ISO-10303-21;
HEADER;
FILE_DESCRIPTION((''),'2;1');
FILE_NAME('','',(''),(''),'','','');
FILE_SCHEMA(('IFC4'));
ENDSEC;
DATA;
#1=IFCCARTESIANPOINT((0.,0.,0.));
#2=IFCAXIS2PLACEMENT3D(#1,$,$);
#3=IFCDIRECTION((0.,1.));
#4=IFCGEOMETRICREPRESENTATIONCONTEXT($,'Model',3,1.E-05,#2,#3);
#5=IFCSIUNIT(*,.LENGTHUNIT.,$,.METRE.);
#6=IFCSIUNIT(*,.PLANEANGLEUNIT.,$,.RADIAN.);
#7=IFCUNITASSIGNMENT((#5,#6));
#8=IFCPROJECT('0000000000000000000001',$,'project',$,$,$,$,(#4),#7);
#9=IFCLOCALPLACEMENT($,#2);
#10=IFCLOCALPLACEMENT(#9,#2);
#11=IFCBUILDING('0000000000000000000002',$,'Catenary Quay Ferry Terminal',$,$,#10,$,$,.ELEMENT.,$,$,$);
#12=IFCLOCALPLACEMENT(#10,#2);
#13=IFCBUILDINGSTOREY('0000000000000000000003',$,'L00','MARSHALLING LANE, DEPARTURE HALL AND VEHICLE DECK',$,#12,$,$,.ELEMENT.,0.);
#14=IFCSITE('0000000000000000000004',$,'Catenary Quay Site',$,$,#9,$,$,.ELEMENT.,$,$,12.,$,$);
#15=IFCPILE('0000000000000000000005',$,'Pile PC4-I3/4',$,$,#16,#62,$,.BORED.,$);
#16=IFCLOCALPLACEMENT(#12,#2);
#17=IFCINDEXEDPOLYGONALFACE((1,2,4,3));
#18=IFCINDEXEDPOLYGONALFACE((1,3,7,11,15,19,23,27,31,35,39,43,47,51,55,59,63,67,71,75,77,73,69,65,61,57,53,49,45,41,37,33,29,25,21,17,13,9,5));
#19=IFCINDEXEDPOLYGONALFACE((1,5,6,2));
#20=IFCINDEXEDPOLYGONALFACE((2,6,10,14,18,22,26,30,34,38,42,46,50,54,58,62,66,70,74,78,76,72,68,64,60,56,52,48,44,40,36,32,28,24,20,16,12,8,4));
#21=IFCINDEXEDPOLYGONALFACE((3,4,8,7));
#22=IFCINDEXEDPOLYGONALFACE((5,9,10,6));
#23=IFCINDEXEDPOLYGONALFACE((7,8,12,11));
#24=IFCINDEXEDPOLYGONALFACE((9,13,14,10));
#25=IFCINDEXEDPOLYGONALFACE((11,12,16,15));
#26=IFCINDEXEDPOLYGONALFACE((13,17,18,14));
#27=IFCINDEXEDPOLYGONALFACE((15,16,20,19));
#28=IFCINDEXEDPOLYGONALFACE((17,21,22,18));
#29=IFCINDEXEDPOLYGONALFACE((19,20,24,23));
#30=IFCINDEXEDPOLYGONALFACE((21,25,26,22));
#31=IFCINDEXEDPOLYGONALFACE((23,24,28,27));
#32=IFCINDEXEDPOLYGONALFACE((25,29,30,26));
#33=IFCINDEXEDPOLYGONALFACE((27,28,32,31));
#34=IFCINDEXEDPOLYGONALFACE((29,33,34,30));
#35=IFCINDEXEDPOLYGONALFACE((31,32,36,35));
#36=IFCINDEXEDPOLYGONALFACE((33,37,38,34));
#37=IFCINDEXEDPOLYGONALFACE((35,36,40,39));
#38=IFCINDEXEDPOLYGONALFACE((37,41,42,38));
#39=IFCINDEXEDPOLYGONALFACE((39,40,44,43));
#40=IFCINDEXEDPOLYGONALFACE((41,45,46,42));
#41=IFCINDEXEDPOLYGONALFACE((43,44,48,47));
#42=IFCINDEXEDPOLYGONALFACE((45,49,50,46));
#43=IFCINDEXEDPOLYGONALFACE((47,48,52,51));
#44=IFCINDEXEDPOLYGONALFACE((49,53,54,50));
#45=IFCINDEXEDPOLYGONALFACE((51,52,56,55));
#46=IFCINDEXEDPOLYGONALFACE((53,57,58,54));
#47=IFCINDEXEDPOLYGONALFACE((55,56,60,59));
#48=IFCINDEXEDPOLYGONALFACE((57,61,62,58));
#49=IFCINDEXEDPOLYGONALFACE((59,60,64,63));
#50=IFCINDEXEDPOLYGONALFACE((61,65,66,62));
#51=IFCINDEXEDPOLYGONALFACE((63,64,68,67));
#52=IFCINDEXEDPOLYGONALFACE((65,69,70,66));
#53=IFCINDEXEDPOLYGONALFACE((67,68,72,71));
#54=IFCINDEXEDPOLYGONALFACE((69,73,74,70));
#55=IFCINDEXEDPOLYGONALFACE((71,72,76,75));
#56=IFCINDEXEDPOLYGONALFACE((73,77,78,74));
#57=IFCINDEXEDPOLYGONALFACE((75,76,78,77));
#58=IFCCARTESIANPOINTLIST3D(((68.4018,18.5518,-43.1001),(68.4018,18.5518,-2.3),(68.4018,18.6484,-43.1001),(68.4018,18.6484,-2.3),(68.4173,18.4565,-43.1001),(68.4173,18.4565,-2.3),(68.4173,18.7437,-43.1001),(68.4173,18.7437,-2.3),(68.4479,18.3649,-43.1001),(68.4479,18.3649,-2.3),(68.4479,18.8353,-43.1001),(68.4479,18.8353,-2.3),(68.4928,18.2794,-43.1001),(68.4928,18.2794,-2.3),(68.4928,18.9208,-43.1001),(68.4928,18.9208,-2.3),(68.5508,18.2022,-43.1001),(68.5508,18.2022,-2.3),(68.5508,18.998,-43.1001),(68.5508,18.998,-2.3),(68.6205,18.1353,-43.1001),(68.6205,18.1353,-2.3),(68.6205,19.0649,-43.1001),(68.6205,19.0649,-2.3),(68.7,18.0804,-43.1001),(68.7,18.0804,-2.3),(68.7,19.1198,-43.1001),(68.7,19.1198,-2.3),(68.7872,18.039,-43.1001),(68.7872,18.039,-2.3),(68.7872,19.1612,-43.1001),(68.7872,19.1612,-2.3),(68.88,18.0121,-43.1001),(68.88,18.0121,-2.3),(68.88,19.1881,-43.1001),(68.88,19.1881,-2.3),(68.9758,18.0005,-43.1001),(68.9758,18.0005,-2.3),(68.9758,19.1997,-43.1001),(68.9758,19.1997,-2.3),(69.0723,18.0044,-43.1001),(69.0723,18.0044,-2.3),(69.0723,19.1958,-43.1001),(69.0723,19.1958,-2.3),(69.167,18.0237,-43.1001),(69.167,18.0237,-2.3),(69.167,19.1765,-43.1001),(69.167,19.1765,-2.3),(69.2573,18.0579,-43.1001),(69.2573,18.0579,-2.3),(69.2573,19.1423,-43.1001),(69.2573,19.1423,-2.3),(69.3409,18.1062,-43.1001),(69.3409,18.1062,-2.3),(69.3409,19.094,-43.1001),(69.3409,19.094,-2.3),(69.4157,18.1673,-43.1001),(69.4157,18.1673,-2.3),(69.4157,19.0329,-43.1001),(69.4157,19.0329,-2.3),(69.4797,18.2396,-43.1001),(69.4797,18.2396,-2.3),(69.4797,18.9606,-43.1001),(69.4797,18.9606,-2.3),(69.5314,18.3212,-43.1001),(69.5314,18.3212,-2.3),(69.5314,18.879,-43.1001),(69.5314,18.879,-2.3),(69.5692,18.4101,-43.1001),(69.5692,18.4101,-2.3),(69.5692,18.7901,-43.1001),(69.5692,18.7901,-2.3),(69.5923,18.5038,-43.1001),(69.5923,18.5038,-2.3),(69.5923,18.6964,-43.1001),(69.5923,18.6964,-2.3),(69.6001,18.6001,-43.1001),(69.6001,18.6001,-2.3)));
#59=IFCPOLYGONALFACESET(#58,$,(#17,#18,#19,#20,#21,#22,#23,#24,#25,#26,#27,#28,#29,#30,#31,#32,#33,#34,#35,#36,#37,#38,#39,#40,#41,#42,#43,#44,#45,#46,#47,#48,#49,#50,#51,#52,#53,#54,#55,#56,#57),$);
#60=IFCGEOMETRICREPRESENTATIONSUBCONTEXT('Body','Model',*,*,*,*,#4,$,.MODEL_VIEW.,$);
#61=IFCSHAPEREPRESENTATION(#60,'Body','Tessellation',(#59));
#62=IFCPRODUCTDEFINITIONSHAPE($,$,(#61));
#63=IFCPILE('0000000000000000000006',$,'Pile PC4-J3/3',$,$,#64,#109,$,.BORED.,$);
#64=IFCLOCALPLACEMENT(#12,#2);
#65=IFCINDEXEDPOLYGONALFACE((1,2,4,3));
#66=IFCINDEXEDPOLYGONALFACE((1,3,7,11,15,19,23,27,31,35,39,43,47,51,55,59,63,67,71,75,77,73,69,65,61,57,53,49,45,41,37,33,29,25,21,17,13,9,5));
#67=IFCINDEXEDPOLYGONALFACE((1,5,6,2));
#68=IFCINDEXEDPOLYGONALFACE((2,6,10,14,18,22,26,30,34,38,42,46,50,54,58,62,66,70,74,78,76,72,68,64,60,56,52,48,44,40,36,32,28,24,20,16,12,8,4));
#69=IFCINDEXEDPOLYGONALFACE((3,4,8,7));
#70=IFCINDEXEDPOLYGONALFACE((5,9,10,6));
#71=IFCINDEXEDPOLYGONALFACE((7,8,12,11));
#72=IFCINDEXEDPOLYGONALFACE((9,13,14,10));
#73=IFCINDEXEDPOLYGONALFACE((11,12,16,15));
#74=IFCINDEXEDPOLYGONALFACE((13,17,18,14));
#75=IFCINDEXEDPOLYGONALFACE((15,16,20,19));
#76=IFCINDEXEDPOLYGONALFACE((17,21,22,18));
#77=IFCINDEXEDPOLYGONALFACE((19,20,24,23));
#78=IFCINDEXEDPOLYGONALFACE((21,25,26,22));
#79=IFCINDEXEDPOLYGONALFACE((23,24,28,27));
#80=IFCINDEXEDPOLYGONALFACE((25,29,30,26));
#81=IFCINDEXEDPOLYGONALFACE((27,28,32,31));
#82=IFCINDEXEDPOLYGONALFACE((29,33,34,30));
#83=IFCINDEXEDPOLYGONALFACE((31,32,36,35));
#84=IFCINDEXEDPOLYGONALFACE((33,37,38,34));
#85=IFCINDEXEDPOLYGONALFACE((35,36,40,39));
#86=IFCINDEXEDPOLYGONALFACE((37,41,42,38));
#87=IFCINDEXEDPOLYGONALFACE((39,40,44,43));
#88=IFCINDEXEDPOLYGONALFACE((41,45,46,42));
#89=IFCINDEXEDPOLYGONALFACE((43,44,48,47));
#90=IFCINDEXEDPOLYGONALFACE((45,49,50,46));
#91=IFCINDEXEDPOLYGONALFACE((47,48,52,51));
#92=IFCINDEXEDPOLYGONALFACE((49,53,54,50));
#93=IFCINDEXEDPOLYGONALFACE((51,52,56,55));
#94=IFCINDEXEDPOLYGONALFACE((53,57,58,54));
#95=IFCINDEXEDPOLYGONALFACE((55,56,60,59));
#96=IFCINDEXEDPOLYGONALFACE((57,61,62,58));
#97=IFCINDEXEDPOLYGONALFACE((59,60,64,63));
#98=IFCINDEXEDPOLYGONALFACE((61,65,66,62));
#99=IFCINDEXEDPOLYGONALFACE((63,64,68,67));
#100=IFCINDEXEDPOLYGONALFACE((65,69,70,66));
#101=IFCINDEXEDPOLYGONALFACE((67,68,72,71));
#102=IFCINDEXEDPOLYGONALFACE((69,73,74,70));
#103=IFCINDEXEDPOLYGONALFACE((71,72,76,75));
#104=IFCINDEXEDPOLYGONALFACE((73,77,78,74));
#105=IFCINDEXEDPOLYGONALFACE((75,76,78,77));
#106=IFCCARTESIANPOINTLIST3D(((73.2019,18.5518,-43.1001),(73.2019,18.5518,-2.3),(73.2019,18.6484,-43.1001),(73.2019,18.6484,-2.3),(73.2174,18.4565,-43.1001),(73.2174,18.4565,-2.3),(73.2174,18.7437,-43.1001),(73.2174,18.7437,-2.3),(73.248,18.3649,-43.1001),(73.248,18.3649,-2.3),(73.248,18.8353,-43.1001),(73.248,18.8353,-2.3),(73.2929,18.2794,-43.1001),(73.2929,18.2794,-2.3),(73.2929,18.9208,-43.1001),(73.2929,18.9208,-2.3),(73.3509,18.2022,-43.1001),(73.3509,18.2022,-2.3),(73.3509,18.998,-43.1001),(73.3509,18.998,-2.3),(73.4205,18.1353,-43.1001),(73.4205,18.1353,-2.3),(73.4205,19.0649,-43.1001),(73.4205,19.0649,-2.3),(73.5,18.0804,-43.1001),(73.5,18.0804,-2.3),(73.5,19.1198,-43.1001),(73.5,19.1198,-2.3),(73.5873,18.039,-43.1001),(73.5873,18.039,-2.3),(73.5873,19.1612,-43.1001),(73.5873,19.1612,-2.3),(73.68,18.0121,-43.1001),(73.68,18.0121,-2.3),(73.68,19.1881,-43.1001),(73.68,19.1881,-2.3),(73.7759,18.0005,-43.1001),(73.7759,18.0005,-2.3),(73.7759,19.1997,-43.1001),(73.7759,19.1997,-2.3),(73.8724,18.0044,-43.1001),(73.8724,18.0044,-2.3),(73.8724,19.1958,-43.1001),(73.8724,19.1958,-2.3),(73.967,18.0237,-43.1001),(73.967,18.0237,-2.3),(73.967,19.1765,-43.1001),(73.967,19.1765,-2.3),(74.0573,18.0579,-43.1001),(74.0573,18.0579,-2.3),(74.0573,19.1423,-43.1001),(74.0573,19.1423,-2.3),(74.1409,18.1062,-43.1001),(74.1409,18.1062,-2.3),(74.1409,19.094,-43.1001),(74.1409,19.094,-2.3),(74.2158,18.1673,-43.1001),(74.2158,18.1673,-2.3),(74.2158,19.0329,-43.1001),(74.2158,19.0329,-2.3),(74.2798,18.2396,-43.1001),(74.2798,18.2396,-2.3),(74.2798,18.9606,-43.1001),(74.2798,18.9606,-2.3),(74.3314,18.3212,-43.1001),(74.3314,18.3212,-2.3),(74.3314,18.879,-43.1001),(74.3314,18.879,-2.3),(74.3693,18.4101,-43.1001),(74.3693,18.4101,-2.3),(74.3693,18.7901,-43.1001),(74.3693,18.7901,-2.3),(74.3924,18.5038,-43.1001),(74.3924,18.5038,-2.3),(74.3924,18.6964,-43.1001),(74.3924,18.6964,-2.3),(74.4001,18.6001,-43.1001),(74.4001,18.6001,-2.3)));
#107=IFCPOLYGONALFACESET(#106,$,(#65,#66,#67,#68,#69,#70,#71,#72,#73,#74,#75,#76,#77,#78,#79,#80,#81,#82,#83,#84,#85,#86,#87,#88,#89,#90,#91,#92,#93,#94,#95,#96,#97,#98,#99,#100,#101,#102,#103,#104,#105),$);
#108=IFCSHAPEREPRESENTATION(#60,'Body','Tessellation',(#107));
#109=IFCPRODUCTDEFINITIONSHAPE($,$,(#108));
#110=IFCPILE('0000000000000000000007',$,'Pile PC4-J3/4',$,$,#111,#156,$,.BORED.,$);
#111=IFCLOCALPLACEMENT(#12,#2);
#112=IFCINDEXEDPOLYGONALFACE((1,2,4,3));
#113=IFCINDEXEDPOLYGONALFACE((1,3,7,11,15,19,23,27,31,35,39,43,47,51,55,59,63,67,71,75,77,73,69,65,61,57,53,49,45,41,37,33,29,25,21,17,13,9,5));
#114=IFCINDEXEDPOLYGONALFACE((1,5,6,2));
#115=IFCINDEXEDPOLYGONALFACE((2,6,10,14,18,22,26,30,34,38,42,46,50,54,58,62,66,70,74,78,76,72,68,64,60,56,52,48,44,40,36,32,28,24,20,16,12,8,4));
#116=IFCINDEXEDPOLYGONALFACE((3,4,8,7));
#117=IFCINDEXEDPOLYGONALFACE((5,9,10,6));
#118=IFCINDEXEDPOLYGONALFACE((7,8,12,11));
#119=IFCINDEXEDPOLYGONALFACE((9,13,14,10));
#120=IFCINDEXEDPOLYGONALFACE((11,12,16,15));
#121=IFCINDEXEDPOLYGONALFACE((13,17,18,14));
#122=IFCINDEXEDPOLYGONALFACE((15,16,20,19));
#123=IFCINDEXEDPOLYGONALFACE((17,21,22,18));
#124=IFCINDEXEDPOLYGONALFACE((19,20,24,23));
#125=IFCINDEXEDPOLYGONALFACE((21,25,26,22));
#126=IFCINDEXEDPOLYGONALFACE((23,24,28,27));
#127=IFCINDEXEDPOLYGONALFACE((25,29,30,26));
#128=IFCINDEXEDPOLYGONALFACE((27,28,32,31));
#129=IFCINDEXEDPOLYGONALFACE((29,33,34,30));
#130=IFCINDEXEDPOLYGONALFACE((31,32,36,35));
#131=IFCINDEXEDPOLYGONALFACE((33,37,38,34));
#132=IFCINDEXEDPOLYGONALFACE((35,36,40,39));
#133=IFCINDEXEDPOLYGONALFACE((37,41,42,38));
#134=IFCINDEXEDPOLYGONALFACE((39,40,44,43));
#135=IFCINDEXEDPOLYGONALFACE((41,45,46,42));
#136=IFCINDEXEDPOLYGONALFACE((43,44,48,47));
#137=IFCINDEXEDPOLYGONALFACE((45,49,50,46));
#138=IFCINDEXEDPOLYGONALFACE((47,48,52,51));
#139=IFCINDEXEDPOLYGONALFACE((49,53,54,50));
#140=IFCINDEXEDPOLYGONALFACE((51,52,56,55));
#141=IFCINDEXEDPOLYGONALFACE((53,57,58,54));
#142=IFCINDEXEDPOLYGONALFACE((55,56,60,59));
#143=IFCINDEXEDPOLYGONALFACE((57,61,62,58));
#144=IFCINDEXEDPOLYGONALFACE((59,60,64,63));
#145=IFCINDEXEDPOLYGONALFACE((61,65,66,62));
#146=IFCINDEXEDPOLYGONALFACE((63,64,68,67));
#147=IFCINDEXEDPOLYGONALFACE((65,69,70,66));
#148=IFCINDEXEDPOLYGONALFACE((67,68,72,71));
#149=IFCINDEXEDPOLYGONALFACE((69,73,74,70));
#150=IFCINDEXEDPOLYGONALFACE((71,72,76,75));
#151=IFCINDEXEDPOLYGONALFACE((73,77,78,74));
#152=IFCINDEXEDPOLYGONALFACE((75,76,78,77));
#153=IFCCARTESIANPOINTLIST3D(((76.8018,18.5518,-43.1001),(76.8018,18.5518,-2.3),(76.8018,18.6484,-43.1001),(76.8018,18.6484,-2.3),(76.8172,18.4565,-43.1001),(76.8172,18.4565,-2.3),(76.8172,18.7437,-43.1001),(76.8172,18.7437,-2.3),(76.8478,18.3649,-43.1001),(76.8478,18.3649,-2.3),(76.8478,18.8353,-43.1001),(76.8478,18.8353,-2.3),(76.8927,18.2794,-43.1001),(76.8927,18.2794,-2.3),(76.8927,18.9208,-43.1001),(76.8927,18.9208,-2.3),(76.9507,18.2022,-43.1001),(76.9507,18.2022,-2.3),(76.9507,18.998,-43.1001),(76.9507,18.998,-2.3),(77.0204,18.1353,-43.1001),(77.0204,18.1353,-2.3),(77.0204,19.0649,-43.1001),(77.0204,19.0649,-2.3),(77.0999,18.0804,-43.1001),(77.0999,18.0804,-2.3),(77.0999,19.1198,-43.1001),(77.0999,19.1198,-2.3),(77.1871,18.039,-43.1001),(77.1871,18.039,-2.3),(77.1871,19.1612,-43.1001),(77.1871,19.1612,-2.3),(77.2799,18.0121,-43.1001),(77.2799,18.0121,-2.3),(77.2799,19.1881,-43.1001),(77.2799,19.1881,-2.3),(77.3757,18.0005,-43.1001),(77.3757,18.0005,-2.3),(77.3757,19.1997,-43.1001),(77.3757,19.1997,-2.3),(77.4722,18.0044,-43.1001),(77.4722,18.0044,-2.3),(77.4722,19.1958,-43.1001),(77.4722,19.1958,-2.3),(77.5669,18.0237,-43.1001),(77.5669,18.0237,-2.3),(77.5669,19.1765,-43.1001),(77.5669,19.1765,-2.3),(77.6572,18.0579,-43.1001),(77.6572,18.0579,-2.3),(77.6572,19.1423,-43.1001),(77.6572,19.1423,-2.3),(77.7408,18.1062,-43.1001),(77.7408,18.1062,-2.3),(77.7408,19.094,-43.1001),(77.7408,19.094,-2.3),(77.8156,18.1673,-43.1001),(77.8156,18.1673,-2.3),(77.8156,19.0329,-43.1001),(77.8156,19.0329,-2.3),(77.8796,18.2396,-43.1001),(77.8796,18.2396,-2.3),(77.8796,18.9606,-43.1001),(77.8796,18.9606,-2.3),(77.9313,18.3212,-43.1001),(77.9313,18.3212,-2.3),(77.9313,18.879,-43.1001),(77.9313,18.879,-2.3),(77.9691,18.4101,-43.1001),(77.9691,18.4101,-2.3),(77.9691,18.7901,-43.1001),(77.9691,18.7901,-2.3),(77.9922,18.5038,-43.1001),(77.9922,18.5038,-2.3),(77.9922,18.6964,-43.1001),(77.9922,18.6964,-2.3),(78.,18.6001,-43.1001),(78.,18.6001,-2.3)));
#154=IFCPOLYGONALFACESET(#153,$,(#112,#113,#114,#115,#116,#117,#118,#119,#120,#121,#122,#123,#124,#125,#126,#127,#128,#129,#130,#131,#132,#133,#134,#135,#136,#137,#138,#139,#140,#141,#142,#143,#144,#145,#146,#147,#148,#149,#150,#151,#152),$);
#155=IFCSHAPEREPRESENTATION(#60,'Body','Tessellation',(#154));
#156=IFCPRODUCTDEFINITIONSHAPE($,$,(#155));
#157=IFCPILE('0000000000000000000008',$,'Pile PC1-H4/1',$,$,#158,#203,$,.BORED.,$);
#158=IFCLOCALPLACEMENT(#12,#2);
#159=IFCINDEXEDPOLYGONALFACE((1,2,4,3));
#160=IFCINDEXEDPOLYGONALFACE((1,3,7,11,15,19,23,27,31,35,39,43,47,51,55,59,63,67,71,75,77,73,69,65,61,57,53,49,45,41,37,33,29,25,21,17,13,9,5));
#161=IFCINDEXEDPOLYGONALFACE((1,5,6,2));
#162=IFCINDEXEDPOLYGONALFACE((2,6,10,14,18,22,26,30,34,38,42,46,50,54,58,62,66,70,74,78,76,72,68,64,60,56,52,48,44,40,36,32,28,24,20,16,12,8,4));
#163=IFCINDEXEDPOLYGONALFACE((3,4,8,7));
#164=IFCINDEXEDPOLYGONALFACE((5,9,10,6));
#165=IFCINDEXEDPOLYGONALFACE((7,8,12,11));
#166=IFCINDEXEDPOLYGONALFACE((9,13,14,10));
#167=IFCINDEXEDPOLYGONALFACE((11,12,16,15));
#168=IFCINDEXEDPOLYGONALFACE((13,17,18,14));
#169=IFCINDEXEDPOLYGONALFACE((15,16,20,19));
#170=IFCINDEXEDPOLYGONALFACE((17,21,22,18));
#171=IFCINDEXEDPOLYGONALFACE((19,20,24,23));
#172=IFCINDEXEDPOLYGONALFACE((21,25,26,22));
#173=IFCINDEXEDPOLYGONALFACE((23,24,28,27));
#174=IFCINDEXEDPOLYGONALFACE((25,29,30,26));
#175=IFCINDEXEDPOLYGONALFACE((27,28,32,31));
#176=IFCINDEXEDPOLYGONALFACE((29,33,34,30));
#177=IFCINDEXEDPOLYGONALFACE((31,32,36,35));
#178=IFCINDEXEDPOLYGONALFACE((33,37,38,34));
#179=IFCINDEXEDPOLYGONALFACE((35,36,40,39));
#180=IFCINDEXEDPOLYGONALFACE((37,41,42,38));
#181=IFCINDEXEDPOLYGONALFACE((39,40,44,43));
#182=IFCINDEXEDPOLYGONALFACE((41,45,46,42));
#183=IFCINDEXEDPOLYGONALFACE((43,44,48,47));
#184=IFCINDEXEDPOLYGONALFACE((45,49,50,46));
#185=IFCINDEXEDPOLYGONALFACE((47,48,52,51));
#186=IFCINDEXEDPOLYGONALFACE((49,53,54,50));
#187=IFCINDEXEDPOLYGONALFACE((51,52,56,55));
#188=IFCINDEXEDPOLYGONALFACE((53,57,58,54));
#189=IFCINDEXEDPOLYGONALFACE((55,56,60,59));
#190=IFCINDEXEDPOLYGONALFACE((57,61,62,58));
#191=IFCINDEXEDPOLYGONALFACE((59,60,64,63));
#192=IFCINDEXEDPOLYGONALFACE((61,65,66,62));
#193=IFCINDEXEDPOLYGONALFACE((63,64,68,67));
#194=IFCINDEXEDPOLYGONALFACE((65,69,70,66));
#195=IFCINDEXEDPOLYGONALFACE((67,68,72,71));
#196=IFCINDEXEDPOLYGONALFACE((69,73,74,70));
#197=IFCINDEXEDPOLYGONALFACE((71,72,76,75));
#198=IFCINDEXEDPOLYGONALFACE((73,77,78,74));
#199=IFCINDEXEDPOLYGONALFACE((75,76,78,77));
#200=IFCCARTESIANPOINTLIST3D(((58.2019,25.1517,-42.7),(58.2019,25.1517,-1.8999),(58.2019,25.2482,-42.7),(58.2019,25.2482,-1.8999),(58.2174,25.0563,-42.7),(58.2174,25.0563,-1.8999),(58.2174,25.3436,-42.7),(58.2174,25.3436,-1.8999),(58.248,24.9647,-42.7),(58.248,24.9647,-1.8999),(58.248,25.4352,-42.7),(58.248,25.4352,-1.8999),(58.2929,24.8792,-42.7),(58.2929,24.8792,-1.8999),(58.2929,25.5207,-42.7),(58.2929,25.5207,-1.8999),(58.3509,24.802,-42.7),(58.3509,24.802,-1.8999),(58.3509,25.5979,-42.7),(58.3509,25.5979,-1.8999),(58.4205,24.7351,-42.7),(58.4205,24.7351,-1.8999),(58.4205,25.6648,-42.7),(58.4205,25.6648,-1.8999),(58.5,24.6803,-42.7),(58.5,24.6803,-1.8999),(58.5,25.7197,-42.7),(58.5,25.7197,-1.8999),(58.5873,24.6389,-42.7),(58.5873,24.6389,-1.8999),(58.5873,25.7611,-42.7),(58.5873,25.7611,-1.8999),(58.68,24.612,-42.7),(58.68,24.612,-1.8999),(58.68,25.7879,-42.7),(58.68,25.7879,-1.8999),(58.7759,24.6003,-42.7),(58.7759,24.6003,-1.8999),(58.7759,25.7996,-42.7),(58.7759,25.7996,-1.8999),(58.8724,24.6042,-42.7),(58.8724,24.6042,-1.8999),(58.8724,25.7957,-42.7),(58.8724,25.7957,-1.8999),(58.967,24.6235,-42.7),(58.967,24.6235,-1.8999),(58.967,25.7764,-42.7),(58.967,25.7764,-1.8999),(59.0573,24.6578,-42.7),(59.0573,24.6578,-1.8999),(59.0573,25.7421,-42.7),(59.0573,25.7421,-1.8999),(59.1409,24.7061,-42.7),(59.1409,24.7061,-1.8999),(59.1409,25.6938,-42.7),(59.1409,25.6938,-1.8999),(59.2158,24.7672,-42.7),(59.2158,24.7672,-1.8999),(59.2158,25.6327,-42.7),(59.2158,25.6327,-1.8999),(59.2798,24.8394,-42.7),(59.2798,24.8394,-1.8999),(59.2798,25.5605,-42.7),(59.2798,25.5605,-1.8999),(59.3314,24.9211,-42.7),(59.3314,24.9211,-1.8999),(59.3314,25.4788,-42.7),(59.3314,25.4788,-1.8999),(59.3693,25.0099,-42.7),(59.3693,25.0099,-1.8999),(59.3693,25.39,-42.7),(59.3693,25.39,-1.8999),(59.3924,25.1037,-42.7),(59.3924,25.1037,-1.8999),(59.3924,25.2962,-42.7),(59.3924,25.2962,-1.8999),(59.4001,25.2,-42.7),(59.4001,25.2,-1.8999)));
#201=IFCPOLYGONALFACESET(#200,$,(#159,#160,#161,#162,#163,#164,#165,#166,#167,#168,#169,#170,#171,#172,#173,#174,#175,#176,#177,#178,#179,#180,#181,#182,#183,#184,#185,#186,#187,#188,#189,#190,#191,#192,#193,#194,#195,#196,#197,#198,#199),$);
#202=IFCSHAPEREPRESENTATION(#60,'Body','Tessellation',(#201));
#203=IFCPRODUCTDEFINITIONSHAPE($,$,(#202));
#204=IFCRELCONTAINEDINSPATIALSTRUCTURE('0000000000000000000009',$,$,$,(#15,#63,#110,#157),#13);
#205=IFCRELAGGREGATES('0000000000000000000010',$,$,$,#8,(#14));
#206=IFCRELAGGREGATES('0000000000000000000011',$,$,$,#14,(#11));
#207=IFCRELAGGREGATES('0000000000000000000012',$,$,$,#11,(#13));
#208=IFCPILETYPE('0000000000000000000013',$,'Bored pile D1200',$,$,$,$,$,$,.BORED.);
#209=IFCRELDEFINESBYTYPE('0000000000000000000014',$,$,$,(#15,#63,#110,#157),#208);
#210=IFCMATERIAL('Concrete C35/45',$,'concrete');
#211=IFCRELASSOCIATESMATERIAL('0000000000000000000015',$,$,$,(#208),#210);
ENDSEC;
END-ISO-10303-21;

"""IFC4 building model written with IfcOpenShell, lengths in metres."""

from ifc_helpers import new_model, si_unit, direction, frame, origin, origin_2d, place, context, subcontext, project, spatial, circle, extrude, material, material_profile, profile_set, type_object, element, save


model = new_model("IFC4")

# Units and contexts
model_context = context("Model", 3, precision=1e-05, world=origin(), true_north=direction((0.0, 1.0)))
body_context = subcontext(model_context, "Body", "Model", "MODEL_VIEW")
ifc_project = project(units=[si_unit("LENGTHUNIT", "METRE"), si_unit("PLANEANGLEUNIT", "RADIAN")], contexts=[model_context])

# Site, building, storey
site_placement = place(None, origin())
site = spatial("IfcSite", under=ifc_project, at=site_placement, Name="Catenary Quay Site", CompositionType="ELEMENT", RefElevation=12.0)
building_placement = place(site_placement, origin())
building = spatial("IfcBuilding", under=site, at=building_placement, Name="Catenary Quay Ferry Terminal", CompositionType="ELEMENT")
storey_placement = place(building_placement, origin())
storey = spatial("IfcBuildingStorey", under=building, at=storey_placement, Name="L00", Description="MARSHALLING LANE, DEPARTURE HALL AND VEHICLE DECK", CompositionType="ELEMENT", Elevation=0.0)

# Piles
ifc_material_1 = material(Name="Concrete C35/45", Category="concrete")
ifc_material_profile_1 = material_profile(ifc_material_1, circle(Radius=0.6001, at=origin_2d()), Name="D1200")
ifc_profile_set_1 = profile_set([ifc_material_profile_1], Name="Concrete C35/45")
pile_type = type_object("IfcPileType", Name="Bored pile D1200", PredefinedType="BORED", material=ifc_profile_set_1)
for number, where, z_axis, x_axis, name in (
    (1, (69.0, 18.6001, -2.3), (0.0, 0.0, -1.0), (1.0, 0.0, 0.0), "Pile PC4-I3/4"),
    (2, (73.8, 18.6001, -2.3), (0.0, 0.0, -1.0), (1.0, 0.0, 0.0), "Pile PC4-J3/3"),
    (3, (77.3999, 18.6001, -2.3), (0.0, 0.0, -1.0), (1.0, 0.0, 0.0), "Pile PC4-J3/4"),
    (4, (58.8, 25.2, -1.8999), (0.0, 0.0, -1.0), (1.0, 0.0, 0.0), "Pile PC1-H4/1"),
):
    element("IfcPile", number, at=place(storey_placement, frame(where, z_axis=z_axis, x_axis=x_axis)), inside=storey, type_object=pile_type, Name=name, PredefinedType="BORED", context=body_context, shape_type="SweptSolid", body=[
        extrude(circle(Radius=0.6001, at=origin_2d()), origin(), (0.0, 0.0, 1.0), 40.8),
    ])

save(model, "model.ifc")
